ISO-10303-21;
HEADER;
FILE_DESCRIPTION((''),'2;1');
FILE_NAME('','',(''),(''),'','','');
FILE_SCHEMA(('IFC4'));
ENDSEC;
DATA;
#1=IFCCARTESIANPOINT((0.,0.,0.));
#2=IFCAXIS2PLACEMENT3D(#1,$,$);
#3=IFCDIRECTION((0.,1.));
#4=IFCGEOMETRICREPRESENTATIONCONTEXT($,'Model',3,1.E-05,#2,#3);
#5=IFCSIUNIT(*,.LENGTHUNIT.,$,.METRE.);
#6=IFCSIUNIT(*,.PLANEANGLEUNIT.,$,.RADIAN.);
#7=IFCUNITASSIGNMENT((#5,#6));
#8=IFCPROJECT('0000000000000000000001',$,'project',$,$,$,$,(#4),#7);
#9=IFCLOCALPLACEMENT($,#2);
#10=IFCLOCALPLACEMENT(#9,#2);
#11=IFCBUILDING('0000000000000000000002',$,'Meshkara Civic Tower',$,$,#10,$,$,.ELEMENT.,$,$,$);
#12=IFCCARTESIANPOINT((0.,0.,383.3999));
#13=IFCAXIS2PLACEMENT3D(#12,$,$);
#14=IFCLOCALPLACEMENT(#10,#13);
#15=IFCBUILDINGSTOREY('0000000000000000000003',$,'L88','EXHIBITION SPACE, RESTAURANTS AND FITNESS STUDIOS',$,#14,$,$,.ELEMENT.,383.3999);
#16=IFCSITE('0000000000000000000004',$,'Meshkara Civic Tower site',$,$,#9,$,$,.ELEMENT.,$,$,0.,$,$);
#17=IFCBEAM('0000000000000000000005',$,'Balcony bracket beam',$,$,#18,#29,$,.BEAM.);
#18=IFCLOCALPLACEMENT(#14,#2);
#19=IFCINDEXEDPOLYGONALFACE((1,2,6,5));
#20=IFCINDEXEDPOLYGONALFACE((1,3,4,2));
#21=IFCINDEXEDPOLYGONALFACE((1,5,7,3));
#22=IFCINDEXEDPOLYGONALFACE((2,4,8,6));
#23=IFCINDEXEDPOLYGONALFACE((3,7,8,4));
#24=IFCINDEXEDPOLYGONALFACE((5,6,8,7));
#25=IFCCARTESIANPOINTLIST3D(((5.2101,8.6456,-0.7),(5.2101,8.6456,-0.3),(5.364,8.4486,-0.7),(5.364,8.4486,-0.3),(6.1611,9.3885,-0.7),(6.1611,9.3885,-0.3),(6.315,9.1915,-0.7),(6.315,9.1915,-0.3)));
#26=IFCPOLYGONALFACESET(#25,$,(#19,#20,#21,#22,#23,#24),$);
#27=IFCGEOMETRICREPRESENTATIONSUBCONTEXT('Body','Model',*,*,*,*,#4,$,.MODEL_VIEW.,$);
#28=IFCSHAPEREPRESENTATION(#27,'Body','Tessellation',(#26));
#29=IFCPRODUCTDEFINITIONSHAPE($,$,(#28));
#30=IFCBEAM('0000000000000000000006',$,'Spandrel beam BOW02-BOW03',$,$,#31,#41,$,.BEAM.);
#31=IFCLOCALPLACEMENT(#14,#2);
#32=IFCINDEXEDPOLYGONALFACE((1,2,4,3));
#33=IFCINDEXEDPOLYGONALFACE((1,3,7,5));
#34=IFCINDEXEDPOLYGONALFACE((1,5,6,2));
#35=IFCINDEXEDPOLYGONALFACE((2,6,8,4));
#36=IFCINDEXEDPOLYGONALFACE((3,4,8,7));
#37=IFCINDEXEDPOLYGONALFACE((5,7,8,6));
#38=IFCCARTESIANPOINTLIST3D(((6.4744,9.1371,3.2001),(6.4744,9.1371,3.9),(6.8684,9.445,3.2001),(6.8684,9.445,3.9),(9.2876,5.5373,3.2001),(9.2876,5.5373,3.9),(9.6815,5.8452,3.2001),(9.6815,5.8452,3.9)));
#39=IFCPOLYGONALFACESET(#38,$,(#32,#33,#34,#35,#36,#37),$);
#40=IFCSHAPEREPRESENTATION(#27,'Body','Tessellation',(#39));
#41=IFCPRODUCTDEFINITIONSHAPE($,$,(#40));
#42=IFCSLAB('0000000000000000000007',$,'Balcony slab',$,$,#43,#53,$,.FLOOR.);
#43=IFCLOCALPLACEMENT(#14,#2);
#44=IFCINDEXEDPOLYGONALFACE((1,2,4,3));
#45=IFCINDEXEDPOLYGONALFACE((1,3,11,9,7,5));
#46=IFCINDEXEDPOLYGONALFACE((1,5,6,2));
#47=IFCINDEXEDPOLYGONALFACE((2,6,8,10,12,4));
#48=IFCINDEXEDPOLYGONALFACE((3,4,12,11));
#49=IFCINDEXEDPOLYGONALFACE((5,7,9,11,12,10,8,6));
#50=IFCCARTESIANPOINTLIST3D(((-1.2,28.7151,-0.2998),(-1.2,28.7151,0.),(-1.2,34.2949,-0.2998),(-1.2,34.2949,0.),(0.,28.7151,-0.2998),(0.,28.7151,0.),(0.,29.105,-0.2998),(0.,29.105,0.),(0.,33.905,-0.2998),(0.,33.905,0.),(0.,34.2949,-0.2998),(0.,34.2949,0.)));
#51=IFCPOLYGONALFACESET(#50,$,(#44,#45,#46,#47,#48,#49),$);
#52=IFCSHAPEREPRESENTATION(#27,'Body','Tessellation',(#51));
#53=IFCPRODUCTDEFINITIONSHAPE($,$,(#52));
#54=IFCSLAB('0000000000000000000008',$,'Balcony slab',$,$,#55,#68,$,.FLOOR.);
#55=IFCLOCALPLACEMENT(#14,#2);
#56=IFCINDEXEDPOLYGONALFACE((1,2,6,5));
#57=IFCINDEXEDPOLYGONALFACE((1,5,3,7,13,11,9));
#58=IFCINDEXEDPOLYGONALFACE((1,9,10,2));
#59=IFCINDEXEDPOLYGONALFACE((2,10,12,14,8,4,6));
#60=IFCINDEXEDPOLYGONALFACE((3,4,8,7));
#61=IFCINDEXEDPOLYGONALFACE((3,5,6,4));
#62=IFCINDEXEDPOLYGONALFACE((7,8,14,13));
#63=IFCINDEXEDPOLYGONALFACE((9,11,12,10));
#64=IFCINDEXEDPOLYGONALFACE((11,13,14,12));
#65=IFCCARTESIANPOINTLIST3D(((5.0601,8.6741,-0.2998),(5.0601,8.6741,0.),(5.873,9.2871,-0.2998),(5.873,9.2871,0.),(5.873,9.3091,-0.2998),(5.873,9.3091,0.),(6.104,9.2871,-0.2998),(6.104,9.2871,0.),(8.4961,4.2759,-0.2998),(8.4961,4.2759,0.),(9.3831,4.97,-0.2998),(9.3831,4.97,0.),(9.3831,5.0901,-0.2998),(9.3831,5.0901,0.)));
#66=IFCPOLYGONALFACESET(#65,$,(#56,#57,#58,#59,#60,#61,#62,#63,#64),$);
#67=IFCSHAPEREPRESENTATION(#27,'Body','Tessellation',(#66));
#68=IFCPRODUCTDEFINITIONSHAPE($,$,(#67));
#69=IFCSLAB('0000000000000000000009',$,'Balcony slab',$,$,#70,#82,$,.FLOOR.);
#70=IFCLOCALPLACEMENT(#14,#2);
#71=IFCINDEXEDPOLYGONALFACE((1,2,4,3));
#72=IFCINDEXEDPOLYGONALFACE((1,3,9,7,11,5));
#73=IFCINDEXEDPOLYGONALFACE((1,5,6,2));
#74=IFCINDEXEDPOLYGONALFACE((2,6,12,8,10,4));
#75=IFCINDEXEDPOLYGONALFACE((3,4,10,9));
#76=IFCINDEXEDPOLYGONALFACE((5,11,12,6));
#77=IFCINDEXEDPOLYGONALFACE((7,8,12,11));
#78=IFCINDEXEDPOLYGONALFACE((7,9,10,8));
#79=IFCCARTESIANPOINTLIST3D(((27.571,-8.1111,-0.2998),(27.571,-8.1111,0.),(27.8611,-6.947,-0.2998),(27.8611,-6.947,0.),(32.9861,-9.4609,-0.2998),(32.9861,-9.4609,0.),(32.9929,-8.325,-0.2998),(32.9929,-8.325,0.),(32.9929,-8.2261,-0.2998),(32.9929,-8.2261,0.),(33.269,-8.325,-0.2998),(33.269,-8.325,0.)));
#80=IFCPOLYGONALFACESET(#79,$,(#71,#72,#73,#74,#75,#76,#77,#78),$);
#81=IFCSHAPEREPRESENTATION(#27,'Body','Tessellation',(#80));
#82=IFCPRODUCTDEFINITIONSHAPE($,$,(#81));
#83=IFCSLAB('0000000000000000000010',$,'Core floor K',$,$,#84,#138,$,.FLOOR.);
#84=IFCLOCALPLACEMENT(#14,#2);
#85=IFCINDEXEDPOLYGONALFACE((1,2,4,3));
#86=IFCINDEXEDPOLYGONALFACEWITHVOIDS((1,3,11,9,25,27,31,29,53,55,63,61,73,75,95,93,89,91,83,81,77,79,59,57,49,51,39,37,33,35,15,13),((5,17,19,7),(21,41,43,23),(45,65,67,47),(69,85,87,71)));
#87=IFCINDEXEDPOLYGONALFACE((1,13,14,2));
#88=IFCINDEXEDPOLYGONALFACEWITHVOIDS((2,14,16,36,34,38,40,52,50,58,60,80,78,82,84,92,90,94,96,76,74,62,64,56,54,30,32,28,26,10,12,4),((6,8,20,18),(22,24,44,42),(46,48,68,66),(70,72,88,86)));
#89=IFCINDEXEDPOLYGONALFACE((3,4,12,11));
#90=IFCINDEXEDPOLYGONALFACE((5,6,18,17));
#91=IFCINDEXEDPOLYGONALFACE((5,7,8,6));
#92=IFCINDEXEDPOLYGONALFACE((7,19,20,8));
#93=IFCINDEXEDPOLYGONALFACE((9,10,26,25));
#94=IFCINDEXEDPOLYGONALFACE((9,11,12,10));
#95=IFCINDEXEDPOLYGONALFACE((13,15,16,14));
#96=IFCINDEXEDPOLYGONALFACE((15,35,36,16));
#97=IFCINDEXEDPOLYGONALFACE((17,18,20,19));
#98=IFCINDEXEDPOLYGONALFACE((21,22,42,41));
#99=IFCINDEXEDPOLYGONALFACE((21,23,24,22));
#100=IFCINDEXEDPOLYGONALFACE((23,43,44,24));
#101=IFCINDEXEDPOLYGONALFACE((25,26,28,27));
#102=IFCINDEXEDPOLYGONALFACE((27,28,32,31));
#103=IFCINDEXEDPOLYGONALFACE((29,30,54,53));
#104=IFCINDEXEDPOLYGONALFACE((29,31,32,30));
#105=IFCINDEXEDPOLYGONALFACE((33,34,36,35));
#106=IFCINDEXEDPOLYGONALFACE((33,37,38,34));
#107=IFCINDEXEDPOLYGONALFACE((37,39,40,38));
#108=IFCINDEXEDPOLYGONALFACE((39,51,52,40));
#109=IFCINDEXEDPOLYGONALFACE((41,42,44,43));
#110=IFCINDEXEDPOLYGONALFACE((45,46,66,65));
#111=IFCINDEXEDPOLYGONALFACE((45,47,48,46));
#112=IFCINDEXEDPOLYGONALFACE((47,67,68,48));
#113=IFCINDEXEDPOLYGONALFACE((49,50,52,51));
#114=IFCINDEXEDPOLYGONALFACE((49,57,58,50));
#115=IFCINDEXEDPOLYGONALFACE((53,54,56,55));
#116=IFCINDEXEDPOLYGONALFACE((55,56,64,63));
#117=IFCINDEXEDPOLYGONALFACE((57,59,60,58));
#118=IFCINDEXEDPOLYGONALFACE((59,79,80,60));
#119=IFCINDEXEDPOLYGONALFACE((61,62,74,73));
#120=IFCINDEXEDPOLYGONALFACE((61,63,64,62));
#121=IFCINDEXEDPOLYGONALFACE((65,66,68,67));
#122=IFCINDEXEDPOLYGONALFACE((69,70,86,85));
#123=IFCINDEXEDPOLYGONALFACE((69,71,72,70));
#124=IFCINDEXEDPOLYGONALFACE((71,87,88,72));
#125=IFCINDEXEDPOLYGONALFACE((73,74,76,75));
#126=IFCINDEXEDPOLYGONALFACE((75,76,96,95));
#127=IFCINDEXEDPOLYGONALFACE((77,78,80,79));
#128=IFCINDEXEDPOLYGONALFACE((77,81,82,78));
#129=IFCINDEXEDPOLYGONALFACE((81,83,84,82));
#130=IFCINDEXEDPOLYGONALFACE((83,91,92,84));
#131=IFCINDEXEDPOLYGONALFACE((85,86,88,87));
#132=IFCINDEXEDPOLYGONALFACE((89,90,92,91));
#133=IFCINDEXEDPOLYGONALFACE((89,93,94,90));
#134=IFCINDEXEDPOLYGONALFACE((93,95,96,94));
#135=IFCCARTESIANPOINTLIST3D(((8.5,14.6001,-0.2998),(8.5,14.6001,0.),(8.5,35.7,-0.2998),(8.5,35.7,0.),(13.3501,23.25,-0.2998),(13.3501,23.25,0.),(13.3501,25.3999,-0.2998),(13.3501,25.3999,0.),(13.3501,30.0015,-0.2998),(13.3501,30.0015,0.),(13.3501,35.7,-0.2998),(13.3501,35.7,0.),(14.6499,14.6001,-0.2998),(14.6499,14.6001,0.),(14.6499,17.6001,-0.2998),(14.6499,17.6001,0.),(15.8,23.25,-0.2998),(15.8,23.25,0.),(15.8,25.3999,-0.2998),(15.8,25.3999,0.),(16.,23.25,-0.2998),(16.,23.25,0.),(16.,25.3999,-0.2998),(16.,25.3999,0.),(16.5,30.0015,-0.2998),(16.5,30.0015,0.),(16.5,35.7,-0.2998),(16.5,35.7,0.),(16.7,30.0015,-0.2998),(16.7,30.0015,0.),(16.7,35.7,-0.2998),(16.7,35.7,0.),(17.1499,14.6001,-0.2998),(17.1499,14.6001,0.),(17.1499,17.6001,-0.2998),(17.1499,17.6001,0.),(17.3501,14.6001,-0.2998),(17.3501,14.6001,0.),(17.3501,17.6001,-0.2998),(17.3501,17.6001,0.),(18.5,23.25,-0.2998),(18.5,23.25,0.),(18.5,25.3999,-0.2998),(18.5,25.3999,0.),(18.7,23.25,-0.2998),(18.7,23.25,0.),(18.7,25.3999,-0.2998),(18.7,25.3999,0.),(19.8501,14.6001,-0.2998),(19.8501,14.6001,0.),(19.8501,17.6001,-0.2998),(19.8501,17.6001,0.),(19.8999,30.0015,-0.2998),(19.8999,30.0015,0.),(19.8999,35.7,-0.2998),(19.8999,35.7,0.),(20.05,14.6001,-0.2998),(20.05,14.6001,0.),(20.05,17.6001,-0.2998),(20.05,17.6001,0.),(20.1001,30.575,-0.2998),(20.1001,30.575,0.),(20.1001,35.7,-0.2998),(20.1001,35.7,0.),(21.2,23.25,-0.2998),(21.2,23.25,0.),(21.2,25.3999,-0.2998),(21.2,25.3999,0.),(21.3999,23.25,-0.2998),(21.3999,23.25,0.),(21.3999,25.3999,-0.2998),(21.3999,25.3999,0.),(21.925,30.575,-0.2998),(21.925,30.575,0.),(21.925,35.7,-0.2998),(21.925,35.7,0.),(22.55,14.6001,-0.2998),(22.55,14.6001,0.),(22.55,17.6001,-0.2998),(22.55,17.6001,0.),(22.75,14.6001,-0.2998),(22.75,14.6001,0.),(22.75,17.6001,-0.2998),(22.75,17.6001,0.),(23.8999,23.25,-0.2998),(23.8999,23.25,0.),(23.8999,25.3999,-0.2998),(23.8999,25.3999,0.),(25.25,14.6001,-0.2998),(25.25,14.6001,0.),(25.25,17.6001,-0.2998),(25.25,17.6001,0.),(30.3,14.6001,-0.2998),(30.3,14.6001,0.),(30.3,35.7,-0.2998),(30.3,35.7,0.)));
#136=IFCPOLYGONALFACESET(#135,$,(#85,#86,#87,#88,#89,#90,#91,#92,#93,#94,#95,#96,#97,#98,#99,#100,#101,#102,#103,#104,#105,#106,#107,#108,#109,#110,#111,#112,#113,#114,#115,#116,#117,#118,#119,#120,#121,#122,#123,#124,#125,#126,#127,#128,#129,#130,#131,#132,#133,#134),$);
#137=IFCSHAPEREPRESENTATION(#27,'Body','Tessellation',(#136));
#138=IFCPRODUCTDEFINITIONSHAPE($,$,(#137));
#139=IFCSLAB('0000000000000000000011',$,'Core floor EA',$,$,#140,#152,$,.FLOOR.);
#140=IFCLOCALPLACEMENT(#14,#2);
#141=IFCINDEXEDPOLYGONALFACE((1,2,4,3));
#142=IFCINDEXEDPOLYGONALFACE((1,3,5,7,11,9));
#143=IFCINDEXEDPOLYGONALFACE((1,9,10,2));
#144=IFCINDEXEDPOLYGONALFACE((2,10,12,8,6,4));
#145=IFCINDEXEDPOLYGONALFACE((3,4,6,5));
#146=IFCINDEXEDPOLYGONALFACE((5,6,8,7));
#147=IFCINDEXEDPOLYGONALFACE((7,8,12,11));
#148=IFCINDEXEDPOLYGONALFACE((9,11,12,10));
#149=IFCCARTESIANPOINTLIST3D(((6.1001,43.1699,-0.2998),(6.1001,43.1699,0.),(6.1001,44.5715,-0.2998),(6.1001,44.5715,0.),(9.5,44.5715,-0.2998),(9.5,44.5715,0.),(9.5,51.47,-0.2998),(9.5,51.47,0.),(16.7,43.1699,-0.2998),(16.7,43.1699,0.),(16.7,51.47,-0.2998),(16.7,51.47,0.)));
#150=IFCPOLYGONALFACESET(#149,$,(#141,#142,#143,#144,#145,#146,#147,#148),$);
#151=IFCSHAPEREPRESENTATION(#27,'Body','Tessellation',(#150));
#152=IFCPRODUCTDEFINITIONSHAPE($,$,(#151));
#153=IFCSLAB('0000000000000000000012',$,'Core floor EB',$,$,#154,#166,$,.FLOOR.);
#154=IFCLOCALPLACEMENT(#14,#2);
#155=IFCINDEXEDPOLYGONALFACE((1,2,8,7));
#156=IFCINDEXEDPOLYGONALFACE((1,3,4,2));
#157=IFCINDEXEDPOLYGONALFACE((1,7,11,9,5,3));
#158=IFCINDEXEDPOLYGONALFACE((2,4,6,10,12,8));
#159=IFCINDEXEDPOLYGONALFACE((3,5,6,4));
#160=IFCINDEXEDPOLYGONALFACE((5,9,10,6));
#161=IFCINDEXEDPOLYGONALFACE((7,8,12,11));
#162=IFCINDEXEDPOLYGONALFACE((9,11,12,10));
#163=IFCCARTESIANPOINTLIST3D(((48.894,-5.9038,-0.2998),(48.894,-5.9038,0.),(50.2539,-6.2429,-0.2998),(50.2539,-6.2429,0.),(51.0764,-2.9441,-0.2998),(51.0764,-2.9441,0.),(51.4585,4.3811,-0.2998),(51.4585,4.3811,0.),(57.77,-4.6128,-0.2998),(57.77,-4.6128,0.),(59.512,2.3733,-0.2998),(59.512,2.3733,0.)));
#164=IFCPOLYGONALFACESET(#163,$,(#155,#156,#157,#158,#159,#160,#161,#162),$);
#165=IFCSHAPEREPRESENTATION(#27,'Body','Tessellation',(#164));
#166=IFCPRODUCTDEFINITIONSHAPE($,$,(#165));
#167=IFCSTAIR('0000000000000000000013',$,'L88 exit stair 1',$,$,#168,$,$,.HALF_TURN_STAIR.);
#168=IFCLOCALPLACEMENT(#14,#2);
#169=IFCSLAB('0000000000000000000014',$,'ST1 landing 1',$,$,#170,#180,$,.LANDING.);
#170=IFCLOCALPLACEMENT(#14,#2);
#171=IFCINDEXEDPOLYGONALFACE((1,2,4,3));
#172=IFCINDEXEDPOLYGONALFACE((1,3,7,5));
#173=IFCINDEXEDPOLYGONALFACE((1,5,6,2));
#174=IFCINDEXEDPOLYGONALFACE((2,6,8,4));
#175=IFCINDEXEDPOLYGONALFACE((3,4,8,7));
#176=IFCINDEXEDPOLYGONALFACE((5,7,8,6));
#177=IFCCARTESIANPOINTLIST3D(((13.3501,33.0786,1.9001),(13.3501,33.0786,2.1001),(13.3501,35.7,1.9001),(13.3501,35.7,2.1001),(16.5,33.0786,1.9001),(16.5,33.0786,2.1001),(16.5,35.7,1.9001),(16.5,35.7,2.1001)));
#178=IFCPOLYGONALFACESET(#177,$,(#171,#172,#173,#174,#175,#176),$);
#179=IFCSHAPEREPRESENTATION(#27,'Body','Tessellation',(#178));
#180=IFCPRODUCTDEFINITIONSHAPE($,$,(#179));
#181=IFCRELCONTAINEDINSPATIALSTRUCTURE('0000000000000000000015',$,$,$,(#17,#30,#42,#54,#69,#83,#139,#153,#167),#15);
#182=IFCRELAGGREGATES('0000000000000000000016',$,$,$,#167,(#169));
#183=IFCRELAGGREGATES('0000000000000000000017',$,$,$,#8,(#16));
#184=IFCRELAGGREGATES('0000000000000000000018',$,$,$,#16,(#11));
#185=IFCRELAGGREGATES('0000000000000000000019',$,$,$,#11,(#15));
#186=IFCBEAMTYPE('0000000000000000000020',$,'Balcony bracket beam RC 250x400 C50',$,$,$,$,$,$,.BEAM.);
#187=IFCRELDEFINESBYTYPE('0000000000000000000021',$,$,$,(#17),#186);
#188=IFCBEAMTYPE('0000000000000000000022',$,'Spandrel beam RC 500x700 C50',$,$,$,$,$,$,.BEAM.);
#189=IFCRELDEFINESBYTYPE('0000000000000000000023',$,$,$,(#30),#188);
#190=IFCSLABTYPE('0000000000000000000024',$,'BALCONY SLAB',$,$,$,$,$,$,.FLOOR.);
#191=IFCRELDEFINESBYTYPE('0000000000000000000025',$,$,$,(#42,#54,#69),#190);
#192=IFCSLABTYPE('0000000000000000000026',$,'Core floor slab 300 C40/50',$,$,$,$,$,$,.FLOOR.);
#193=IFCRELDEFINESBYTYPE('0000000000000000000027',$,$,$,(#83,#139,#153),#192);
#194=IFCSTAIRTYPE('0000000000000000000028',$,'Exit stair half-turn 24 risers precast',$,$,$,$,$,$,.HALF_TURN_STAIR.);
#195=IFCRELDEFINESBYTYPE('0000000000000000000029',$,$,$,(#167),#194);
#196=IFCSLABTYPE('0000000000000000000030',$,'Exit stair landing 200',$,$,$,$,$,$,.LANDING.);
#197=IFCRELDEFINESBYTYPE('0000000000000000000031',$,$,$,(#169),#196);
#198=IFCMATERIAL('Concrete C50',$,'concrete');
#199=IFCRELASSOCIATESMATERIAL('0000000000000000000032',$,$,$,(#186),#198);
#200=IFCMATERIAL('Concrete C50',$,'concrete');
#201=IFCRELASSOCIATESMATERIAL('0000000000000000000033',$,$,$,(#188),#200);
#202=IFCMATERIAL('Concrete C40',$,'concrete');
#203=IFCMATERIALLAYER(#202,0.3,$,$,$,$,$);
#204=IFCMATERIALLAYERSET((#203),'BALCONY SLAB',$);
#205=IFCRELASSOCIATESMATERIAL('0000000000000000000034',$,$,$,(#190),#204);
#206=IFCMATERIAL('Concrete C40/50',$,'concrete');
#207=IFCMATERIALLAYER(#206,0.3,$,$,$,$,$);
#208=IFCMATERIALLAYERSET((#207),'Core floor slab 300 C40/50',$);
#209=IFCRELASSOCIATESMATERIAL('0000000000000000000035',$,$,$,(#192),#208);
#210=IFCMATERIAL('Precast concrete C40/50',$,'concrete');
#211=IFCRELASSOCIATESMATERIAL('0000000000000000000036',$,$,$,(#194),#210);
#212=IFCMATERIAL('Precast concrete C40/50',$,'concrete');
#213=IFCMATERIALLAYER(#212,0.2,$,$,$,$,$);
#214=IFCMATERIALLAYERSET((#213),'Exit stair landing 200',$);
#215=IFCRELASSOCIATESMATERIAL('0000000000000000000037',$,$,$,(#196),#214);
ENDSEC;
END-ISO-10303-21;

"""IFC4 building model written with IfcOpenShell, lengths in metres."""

from ifc_helpers import new_model, si_unit, direction, frame, origin, origin_2d, place, context, subcontext, project, spatial, polyline, rectangle, outline, extrude, material, layer, layer_set, material_profile, profile_set, type_object, element, aggregate, save


model = new_model("IFC4")

# Units and contexts
model_context = context("Model", 3, precision=1e-05, world=origin(), true_north=direction((0.0, 1.0)))
body_context = subcontext(model_context, "Body", "Model", "MODEL_VIEW")
ifc_project = project(units=[si_unit("LENGTHUNIT", "METRE"), si_unit("PLANEANGLEUNIT", "RADIAN")], contexts=[model_context])

# Site, building, storey
site_placement = place(None, origin())
site = spatial("IfcSite", under=ifc_project, at=site_placement, Name="Meshkara Civic Tower site", CompositionType="ELEMENT", RefElevation=0.0)
building_placement = place(site_placement, origin())
building = spatial("IfcBuilding", under=site, at=building_placement, Name="Meshkara Civic Tower", CompositionType="ELEMENT")
storey_placement = place(building_placement, frame((0.0, 0.0, 383.3999)))
storey = spatial("IfcBuildingStorey", under=building, at=storey_placement, Name="L88", Description="EXHIBITION SPACE, RESTAURANTS AND FITNESS STUDIOS", CompositionType="ELEMENT", Elevation=383.3999)

# Beams
ifc_material_1 = material(Name="Concrete C50", Category="concrete")
ifc_material_profile_1 = material_profile(ifc_material_1, rectangle(XDim=0.25, YDim=0.3999, at=origin_2d()))
ifc_profile_set_1 = profile_set([ifc_material_profile_1], Name="Concrete C50")
beam_type_1 = type_object("IfcBeamType", Name="Balcony bracket beam RC 250x400 C50", PredefinedType="BEAM", material=ifc_profile_set_1)
beam_1_placement = place(storey_placement, frame((6.238, 9.29, -0.5), z_axis=(-0.788021, -0.615648, 0.0), x_axis=(0.615648, -0.788021, 0.0)))
element("IfcBeam", 1, at=beam_1_placement, inside=storey, type_object=beam_type_1, Name="Balcony bracket beam", PredefinedType="BEAM", context=body_context, shape_type="SweptSolid", body=[
    extrude(rectangle(XDim=0.25, YDim=0.3999, at=origin_2d()), origin(), (0.0, 0.0, 1.0), 1.2068),
])
ifc_material_2 = material(Name="Concrete C50", Category="concrete")
ifc_material_profile_2 = material_profile(ifc_material_2, rectangle(XDim=0.5, YDim=0.7, at=origin_2d()))
ifc_profile_set_2 = profile_set([ifc_material_profile_2], Name="Concrete C50")
beam_type_2 = type_object("IfcBeamType", Name="Spandrel beam RC 500x700 C50", PredefinedType="BEAM", material=ifc_profile_set_2)
beam_2_placement = place(storey_placement, frame((6.6714, 9.291, 3.55), z_axis=(0.615759, -0.787934, 0.0), x_axis=(0.787934, 0.615759, 0.0)))
element("IfcBeam", 2, at=beam_2_placement, inside=storey, type_object=beam_type_2, Name="Spandrel beam BOW02-BOW03", PredefinedType="BEAM", context=body_context, shape_type="SweptSolid", body=[
    extrude(rectangle(XDim=0.5, YDim=0.7, at=origin_2d()), origin(), (0.0, 0.0, 1.0), 4.5686),
])

# Slabs
ifc_material_3 = material(Name="Concrete C40", Category="concrete")
ifc_layer_1 = layer(ifc_material_3, 0.3)
ifc_layer_set_1 = layer_set([ifc_layer_1], Name="BALCONY SLAB")
slab_type_1 = type_object("IfcSlabType", Name="BALCONY SLAB", PredefinedType="FLOOR", material=ifc_layer_set_1)
slab_1_placement = place(storey_placement, frame((0.0, 0.0, -0.2998)))
element("IfcSlab", 3, at=slab_1_placement, inside=storey, type_object=slab_type_1, Name="Balcony slab", PredefinedType="FLOOR", context=body_context, shape_type="SweptSolid", body=[
    extrude(outline(polyline([(0.0, 29.105), (0.0, 28.7151), (-1.2, 28.7151), (-1.2, 34.2949), (0.0, 34.2949), (0.0, 33.905), (0.0, 29.105)])), origin(), (0.0, 0.0, 1.0), 0.2998),
])
slab_2_placement = place(storey_placement, frame((0.0, 0.0, -0.2998)))
element("IfcSlab", 4, at=slab_2_placement, inside=storey, type_object=slab_type_1, Name="Balcony slab", PredefinedType="FLOOR", context=body_context, shape_type="SweptSolid", body=[
    extrude(outline(polyline([(8.4961, 4.2759), (5.0601, 8.6741), (5.873, 9.3091), (5.873, 9.2871), (6.104, 9.2871), (9.3831, 5.0901), (9.3831, 4.97), (8.4961, 4.2759)])), origin(), (0.0, 0.0, 1.0), 0.2998),
])
slab_3_placement = place(storey_placement, frame((0.0, 0.0, -0.2998)))
element("IfcSlab", 5, at=slab_3_placement, inside=storey, type_object=slab_type_1, Name="Balcony slab", PredefinedType="FLOOR", context=body_context, shape_type="SweptSolid", body=[
    extrude(outline(polyline([(32.9861, -9.4609), (27.571, -8.1111), (27.8611, -6.947), (32.9929, -8.2261), (32.9929, -8.325), (33.269, -8.325), (32.9861, -9.4609)])), origin(), (0.0, 0.0, 1.0), 0.2998),
])
ifc_material_4 = material(Name="Concrete C40/50", Category="concrete")
ifc_layer_2 = layer(ifc_material_4, 0.3)
ifc_layer_set_2 = layer_set([ifc_layer_2], Name="Core floor slab 300 C40/50")
slab_type_2 = type_object("IfcSlabType", Name="Core floor slab 300 C40/50", PredefinedType="FLOOR", material=ifc_layer_set_2)
slab_4_placement = place(storey_placement, frame((0.0, 0.0, -0.2998)))
element("IfcSlab", 6, at=slab_4_placement, inside=storey, type_object=slab_type_2, Name="Core floor K", PredefinedType="FLOOR", context=body_context, shape_type="SweptSolid", body=[
    extrude(outline(polyline([(8.5, 35.7), (13.3501, 35.7), (13.3501, 30.0015), (16.5, 30.0015), (16.5, 35.7), (16.7, 35.7), (16.7, 30.0015), (19.8999, 30.0015), (19.8999, 35.7), (20.1001, 35.7), (20.1001, 30.575), (21.925, 30.575), (21.925, 35.7), (30.3, 35.7), (30.3, 14.6001), (25.25, 14.6001), (25.25, 17.6001), (22.75, 17.6001), (22.75, 14.6001), (22.55, 14.6001), (22.55, 17.6001), (20.05, 17.6001), (20.05, 14.6001), (19.8501, 14.6001), (19.8501, 17.6001), (17.3501, 17.6001), (17.3501, 14.6001), (17.1499, 14.6001), (17.1499, 17.6001), (14.6499, 17.6001), (14.6499, 14.6001), (8.5, 14.6001), (8.5, 35.7)]), holes=[polyline([(13.3501, 23.25), (15.8, 23.25), (15.8, 25.3999), (13.3501, 25.3999), (13.3501, 23.25)]), polyline([(18.5, 23.25), (18.5, 25.3999), (16.0, 25.3999), (16.0, 23.25), (18.5, 23.25)]), polyline([(18.7, 23.25), (21.2, 23.25), (21.2, 25.3999), (18.7, 25.3999), (18.7, 23.25)]), polyline([(23.8999, 25.3999), (21.3999, 25.3999), (21.3999, 23.25), (23.8999, 23.25), (23.8999, 25.3999)])]), origin(), (0.0, 0.0, 1.0), 0.2998),
])
slab_5_placement = place(storey_placement, frame((0.0, 0.0, -0.2998)))
element("IfcSlab", 7, at=slab_5_placement, inside=storey, type_object=slab_type_2, Name="Core floor EA", PredefinedType="FLOOR", context=body_context, shape_type="SweptSolid", body=[
    extrude(outline(polyline([(16.7, 43.1699), (16.7, 51.47), (9.5, 51.47), (9.5, 44.5715), (6.1001, 44.5715), (6.1001, 43.1699), (16.7, 43.1699)])), origin(), (0.0, 0.0, 1.0), 0.2998),
])
slab_6_placement = place(storey_placement, frame((0.0, 0.0, -0.2998)))
element("IfcSlab", 8, at=slab_6_placement, inside=storey, type_object=slab_type_2, Name="Core floor EB", PredefinedType="FLOOR", context=body_context, shape_type="SweptSolid", body=[
    extrude(outline(polyline([(51.4585, 4.3811), (59.512, 2.3733), (57.77, -4.6128), (51.0764, -2.9441), (50.2539, -6.2429), (48.894, -5.9038), (51.4585, 4.3811)])), origin(), (0.0, 0.0, 1.0), 0.2998),
])

# Stair, slab
ifc_material_5 = material(Name="Precast concrete C40/50", Category="concrete")
stair_type = type_object("IfcStairType", Name="Exit stair half-turn 24 risers precast", PredefinedType="HALF_TURN_STAIR", material=ifc_material_5)
stair_1_placement = place(storey_placement, origin())
stair_1 = element("IfcStair", 9, at=stair_1_placement, inside=storey, type_object=stair_type, Name="L88 exit stair 1", PredefinedType="HALF_TURN_STAIR")
ifc_material_6 = material(Name="Precast concrete C40/50", Category="concrete")
ifc_layer_3 = layer(ifc_material_6, 0.2)
ifc_layer_set_3 = layer_set([ifc_layer_3], Name="Exit stair landing 200")
slab_type_3 = type_object("IfcSlabType", Name="Exit stair landing 200", PredefinedType="LANDING", material=ifc_layer_set_3)
slab_7_placement = place(storey_placement, frame((0.0, 0.0, 1.9001)))
slab_7 = element("IfcSlab", 10, at=slab_7_placement, type_object=slab_type_3, Name="ST1 landing 1", PredefinedType="LANDING", context=body_context, shape_type="SweptSolid", body=[
    extrude(outline(polyline([(16.5, 33.0786), (16.5, 35.7), (13.3501, 35.7), (13.3501, 33.0786), (16.5, 33.0786)])), origin(), (0.0, 0.0, 1.0), 0.2),
])
aggregate(stair_1, [slab_7])

save(model, "model.ifc")
